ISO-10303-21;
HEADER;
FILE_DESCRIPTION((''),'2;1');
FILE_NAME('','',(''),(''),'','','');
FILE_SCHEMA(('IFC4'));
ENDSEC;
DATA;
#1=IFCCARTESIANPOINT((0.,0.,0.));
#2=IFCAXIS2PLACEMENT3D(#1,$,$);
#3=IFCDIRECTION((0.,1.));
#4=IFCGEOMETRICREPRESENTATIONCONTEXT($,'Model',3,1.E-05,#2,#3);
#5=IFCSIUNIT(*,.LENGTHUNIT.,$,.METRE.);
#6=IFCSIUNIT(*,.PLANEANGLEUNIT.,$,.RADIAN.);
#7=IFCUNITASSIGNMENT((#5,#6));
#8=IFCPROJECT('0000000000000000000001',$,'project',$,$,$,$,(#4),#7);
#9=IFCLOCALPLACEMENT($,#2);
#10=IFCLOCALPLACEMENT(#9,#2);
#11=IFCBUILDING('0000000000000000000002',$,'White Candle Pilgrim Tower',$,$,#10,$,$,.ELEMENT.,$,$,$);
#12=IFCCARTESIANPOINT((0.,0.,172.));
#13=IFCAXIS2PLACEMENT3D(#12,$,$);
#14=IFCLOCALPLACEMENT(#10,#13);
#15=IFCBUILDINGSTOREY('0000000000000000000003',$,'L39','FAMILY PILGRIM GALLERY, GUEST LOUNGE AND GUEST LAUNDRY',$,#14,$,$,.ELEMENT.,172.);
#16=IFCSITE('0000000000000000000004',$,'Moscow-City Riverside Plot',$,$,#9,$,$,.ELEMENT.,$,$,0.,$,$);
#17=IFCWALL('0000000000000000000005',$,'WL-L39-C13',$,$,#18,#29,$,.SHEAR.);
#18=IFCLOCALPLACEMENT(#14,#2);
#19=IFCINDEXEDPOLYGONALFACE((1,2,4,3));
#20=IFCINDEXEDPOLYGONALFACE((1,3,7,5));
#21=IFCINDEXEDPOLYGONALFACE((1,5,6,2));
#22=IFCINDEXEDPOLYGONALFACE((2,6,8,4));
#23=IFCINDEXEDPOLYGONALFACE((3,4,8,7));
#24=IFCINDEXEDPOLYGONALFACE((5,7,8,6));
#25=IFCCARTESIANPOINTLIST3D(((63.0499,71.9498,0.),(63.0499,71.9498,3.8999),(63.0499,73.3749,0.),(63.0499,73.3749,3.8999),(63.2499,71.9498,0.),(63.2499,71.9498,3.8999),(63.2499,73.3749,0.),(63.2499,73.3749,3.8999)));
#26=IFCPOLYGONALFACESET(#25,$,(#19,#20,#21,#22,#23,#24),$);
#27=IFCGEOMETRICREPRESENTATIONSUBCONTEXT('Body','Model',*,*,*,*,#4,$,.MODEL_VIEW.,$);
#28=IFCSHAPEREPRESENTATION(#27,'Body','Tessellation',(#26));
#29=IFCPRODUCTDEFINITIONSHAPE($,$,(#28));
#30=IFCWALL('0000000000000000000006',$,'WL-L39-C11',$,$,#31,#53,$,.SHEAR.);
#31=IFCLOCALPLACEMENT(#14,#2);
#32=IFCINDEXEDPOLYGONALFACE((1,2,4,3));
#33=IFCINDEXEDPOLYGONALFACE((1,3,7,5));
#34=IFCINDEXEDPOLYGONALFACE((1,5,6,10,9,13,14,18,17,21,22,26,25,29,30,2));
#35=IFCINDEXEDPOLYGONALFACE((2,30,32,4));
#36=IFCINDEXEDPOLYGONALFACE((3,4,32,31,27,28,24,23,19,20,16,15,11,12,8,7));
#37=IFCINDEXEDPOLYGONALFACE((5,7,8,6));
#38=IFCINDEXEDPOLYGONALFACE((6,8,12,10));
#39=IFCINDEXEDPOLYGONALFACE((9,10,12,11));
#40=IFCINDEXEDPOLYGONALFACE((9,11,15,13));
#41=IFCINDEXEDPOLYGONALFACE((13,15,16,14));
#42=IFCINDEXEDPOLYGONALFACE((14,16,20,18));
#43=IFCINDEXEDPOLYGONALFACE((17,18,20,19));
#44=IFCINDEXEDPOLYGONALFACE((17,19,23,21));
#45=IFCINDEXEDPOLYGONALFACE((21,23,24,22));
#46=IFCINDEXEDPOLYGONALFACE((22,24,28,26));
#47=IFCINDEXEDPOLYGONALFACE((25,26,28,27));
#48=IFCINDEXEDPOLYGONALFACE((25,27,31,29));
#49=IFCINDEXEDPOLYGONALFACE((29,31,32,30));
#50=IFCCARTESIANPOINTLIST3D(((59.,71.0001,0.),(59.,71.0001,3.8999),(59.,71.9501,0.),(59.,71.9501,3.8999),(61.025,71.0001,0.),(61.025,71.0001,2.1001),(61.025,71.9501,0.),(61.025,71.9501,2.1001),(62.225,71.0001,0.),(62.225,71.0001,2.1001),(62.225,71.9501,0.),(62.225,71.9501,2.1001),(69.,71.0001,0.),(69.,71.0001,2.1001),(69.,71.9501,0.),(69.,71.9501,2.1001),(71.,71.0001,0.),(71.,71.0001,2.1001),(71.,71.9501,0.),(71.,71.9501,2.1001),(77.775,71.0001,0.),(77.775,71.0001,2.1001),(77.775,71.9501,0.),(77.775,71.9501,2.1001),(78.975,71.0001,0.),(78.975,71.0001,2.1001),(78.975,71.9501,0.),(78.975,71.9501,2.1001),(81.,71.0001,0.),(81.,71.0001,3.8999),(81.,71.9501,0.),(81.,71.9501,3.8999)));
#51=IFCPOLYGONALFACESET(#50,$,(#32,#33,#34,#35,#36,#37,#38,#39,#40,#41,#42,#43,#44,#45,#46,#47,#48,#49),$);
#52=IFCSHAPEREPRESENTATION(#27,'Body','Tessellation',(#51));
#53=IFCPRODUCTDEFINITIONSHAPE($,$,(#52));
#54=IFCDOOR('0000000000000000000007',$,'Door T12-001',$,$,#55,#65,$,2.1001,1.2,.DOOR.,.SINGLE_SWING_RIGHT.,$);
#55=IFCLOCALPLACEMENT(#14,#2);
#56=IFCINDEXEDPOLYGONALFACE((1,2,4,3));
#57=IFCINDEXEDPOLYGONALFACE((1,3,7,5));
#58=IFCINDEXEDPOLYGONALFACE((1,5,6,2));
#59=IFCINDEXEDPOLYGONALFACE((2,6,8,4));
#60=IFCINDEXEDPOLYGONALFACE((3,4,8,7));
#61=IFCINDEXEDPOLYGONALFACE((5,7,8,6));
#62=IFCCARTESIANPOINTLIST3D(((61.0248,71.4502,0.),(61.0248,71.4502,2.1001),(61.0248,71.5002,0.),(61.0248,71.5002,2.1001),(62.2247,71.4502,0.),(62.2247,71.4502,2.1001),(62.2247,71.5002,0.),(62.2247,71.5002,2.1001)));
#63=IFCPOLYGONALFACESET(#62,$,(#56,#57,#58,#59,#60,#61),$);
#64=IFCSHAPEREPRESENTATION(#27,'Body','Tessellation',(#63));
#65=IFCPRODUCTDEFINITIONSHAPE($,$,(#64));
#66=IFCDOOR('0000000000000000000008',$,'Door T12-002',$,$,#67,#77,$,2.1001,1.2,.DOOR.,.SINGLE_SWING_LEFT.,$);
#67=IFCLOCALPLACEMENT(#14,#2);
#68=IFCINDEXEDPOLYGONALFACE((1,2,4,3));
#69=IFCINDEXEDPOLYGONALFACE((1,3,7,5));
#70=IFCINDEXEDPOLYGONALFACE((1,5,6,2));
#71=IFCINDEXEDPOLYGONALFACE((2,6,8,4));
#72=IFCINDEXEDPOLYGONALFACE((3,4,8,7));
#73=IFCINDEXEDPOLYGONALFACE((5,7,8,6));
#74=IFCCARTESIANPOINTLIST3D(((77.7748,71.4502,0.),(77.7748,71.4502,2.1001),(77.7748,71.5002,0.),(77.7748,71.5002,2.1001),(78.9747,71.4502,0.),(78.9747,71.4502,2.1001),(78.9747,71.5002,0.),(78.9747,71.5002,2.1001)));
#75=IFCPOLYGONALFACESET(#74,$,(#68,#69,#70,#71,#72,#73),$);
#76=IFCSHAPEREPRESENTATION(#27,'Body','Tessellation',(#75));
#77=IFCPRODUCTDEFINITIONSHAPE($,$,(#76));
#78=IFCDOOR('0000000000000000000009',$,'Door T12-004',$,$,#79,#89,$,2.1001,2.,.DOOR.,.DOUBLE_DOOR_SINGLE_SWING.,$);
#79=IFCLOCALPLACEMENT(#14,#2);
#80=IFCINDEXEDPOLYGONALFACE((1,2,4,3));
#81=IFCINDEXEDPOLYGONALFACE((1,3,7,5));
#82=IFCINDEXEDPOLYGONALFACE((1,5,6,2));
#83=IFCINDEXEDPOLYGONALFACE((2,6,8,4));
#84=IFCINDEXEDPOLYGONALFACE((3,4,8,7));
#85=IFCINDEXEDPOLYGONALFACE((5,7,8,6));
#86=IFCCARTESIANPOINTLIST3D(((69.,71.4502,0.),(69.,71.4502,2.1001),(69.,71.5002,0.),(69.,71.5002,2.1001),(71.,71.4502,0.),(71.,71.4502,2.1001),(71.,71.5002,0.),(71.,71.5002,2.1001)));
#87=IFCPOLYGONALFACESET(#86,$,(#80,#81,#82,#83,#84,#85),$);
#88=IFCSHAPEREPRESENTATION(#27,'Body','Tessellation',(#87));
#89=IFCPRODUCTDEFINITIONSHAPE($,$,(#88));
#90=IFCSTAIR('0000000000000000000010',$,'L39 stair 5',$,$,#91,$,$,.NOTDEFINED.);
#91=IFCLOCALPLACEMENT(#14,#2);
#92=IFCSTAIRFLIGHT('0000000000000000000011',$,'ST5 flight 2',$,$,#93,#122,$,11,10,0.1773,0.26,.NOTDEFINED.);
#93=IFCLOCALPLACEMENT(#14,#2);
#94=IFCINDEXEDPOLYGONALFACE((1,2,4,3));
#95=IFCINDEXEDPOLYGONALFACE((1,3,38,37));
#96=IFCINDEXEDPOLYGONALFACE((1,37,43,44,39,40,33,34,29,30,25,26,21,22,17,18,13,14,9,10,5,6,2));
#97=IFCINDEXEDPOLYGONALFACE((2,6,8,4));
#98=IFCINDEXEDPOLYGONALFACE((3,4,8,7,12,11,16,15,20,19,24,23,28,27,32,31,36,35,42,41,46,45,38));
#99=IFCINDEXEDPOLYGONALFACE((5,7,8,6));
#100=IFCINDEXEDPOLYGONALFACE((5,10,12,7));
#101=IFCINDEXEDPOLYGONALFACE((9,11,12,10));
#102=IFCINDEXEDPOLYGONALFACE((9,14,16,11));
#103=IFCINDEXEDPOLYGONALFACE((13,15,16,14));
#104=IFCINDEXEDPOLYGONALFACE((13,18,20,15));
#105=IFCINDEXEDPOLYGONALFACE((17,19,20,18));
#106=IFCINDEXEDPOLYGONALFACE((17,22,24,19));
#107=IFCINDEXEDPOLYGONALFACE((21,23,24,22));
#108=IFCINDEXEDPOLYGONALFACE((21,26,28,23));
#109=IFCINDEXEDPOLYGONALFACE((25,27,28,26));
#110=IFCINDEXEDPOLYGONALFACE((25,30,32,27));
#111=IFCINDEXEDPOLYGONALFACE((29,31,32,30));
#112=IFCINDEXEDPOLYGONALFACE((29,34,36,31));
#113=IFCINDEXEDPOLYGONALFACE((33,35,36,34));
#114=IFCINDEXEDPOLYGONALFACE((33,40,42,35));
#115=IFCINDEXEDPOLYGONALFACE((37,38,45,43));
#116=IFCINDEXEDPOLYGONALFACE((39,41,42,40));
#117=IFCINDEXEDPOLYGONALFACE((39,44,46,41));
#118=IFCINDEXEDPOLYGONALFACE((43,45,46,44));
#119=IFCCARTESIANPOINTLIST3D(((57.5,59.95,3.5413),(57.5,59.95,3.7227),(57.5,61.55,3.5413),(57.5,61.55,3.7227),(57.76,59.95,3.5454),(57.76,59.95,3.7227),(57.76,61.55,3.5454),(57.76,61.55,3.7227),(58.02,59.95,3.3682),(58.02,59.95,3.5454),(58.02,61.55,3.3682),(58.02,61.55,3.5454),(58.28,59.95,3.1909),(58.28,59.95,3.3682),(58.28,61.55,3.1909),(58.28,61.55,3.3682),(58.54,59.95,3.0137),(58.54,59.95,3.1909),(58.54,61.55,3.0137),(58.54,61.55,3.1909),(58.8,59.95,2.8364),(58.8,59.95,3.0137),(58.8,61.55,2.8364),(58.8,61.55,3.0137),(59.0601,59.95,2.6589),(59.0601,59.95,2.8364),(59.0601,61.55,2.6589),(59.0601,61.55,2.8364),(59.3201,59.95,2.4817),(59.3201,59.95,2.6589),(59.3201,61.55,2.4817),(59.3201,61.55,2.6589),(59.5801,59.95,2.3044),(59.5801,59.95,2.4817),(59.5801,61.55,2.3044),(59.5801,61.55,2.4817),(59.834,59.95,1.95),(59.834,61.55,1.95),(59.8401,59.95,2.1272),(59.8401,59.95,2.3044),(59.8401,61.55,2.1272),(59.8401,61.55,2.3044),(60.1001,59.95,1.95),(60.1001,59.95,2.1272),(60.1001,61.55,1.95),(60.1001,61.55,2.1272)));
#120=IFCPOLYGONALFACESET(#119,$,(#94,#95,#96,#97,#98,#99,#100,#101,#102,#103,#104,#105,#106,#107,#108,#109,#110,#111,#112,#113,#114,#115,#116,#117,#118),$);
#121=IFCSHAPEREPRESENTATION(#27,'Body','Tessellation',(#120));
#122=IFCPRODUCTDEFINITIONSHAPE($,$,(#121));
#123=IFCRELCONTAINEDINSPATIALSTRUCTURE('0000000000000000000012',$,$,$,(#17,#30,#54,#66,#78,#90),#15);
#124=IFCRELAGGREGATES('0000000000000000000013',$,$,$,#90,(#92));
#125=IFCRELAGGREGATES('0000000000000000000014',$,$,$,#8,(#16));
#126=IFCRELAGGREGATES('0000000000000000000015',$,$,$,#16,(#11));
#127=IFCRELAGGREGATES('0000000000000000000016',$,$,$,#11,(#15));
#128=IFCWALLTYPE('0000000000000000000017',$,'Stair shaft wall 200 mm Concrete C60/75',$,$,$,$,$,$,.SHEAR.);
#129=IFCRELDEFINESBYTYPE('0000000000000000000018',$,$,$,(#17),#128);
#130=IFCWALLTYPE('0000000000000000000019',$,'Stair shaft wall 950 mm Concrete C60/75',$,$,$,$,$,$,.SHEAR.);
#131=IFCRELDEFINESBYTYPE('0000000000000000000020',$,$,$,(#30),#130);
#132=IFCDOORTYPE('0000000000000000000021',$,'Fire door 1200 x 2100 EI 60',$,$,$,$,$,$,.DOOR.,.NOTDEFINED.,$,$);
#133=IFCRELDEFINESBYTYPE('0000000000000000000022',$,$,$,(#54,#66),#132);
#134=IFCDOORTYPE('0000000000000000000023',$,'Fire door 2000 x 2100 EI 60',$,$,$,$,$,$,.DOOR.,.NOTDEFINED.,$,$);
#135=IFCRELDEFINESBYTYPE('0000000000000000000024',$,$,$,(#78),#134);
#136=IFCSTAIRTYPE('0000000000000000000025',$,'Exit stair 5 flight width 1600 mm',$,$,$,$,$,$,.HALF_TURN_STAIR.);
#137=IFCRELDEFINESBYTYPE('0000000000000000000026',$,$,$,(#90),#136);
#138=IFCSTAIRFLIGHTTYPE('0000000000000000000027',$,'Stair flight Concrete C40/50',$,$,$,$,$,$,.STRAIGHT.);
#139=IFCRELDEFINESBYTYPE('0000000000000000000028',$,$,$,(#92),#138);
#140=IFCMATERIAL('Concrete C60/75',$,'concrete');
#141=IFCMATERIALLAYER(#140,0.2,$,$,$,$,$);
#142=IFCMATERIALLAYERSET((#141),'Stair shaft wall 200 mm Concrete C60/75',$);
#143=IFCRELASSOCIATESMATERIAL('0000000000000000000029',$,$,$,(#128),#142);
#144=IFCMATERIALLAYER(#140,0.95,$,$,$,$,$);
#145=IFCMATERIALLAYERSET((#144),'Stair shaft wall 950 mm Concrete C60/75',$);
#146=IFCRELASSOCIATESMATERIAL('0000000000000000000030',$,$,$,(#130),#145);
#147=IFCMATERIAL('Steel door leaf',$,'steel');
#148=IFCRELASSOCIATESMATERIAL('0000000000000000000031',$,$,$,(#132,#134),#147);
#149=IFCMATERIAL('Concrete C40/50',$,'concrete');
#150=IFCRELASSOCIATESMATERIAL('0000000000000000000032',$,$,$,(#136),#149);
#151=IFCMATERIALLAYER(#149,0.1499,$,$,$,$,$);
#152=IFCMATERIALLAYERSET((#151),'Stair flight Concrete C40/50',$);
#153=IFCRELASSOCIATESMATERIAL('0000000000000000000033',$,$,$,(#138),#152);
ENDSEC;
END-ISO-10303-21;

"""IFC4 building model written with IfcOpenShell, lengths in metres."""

from ifc_helpers import new_model, si_unit, direction, frame, frame_2d, origin, place, context, subcontext, project, spatial, polyline, rectangle, outline, extrude, material, layer, layer_set, type_object, element, fill, aggregate, save


model = new_model("IFC4")

# Units and contexts
model_context = context("Model", 3, precision=1e-05, world=origin(), true_north=direction((0.0, 1.0)))
body_context = subcontext(model_context, "Body", "Model", "MODEL_VIEW")
ifc_project = project(units=[si_unit("LENGTHUNIT", "METRE"), si_unit("PLANEANGLEUNIT", "RADIAN")], contexts=[model_context])

# Site, building, storey
site_placement = place(None, origin())
site = spatial("IfcSite", under=ifc_project, at=site_placement, Name="Moscow-City Riverside Plot", CompositionType="ELEMENT", RefElevation=0.0)
building_placement = place(site_placement, origin())
building = spatial("IfcBuilding", under=site, at=building_placement, Name="White Candle Pilgrim Tower", CompositionType="ELEMENT")
storey_placement = place(building_placement, frame((0.0, 0.0, 172.0)))
storey = spatial("IfcBuildingStorey", under=building, at=storey_placement, Name="L39", Description="FAMILY PILGRIM GALLERY, GUEST LOUNGE AND GUEST LAUNDRY", CompositionType="ELEMENT", Elevation=172.0)

# Shared definitions
ifc_material_1 = material(Name="Steel door leaf", Category="steel")

# Wall
ifc_material_2 = material(Name="Concrete C60/75", Category="concrete")
ifc_layer_1 = layer(ifc_material_2, 0.2)
ifc_layer_set_1 = layer_set([ifc_layer_1], Name="Stair shaft wall 200 mm Concrete C60/75")
wall_type_1 = type_object("IfcWallType", Name="Stair shaft wall 200 mm Concrete C60/75", PredefinedType="SHEAR", material=ifc_layer_set_1)
wall_1_placement = place(storey_placement, frame((63.1499, 71.95, 0.0), z_axis=(0.0, 0.0, 1.0), x_axis=(0.0, 1.0, 0.0)))
element("IfcWall", 1, at=wall_1_placement, inside=storey, type_object=wall_type_1, Name="WL-L39-C13", PredefinedType="SHEAR", context=body_context, shape_type="SweptSolid", body=[
    extrude(rectangle(XDim=1.425, YDim=0.2, at=frame_2d((0.7124, 0.0))), origin(), (0.0, 0.0, 1.0), 3.8999),
])

# Wall, openings, doors
ifc_layer_2 = layer(ifc_material_2, 0.95)
ifc_layer_set_2 = layer_set([ifc_layer_2], Name="Stair shaft wall 950 mm Concrete C60/75")
wall_type_2 = type_object("IfcWallType", Name="Stair shaft wall 950 mm Concrete C60/75", PredefinedType="SHEAR", material=ifc_layer_set_2)
wall_2_placement = place(storey_placement, frame((59.0, 71.4751, 0.0), z_axis=(0.0, 0.0, 1.0), x_axis=(1.0, 0.0, 0.0)))
wall_2 = element("IfcWall", 2, at=wall_2_placement, inside=storey, type_object=wall_type_2, Name="WL-L39-C11", PredefinedType="SHEAR", context=body_context, shape_type="SweptSolid", body=[
    extrude(rectangle(XDim=22.0, YDim=0.95, at=frame_2d((11.0, 0.0))), origin(), (0.0, 0.0, 1.0), 3.8999),
])
opening_1_placement = place(wall_2_placement, frame((2.0249, 0.0, 0.0)))
opening_1 = element("IfcOpeningElement", 3, at=opening_1_placement, cuts=wall_2, PredefinedType="OPENING", context=body_context, shape_type="SweptSolid", body=[
    extrude(rectangle(XDim=1.2, YDim=2.1001, at=frame_2d((0.6001, 1.05))), frame((0.0, 0.4849, 0.0), z_axis=(0.0, -1.0, 0.0), x_axis=(1.0, 0.0, 0.0)), (0.0, 0.0, 1.0), 0.97),
])
opening_2_placement = place(wall_2_placement, frame((18.7749, 0.0, 0.0)))
opening_2 = element("IfcOpeningElement", 4, at=opening_2_placement, cuts=wall_2, PredefinedType="OPENING", context=body_context, shape_type="SweptSolid", body=[
    extrude(rectangle(XDim=1.2, YDim=2.1001, at=frame_2d((0.6001, 1.05))), frame((0.0, 0.4849, 0.0), z_axis=(0.0, -1.0, 0.0), x_axis=(1.0, 0.0, 0.0)), (0.0, 0.0, 1.0), 0.97),
])
opening_3_placement = place(wall_2_placement, frame((10.0, 0.0, 0.0)))
opening_3 = element("IfcOpeningElement", 5, at=opening_3_placement, cuts=wall_2, PredefinedType="OPENING", context=body_context, shape_type="SweptSolid", body=[
    extrude(rectangle(XDim=2.0, YDim=2.1001, at=frame_2d((1.0, 1.05))), frame((0.0, 0.4849, 0.0), z_axis=(0.0, -1.0, 0.0), x_axis=(1.0, 0.0, 0.0)), (0.0, 0.0, 1.0), 0.97),
])
door_type_1 = type_object("IfcDoorType", Name="Fire door 1200 x 2100 EI 60", OperationType="NOTDEFINED", PredefinedType="DOOR", material=ifc_material_1)
door_1_placement = place(opening_1_placement, frame((1.2, 0.0, 0.0), z_axis=(0.0, 0.0, 1.0), x_axis=(-1.0, 0.0, 0.0)))
door_1 = element("IfcDoor", 6, at=door_1_placement, inside=storey, type_object=door_type_1, Name="Door T12-001", OperationType="SINGLE_SWING_RIGHT", OverallHeight=2.1001, OverallWidth=1.2, PredefinedType="DOOR", context=body_context, shape_type="SweptSolid", body=[
    extrude(rectangle(XDim=1.2, YDim=2.1001, at=frame_2d((0.6001, 1.05))), frame((0.0, 0.0249, 0.0), z_axis=(0.0, -1.0, 0.0), x_axis=(1.0, 0.0, 0.0)), (0.0, 0.0, 1.0), 0.05),
])
fill(opening_1, door_1)
door_2_placement = place(opening_2_placement, frame((1.2, 0.0, 0.0), z_axis=(0.0, 0.0, 1.0), x_axis=(-1.0, 0.0, 0.0)))
door_2 = element("IfcDoor", 7, at=door_2_placement, inside=storey, type_object=door_type_1, Name="Door T12-002", OperationType="SINGLE_SWING_LEFT", OverallHeight=2.1001, OverallWidth=1.2, PredefinedType="DOOR", context=body_context, shape_type="SweptSolid", body=[
    extrude(rectangle(XDim=1.2, YDim=2.1001, at=frame_2d((0.6001, 1.05))), frame((0.0, 0.0249, 0.0), z_axis=(0.0, -1.0, 0.0), x_axis=(1.0, 0.0, 0.0)), (0.0, 0.0, 1.0), 0.05),
])
fill(opening_2, door_2)
door_type_2 = type_object("IfcDoorType", Name="Fire door 2000 x 2100 EI 60", OperationType="NOTDEFINED", PredefinedType="DOOR", material=ifc_material_1)
door_3_placement = place(opening_3_placement, frame((2.0, 0.0, 0.0), z_axis=(0.0, 0.0, 1.0), x_axis=(-1.0, 0.0, 0.0)))
door_3 = element("IfcDoor", 8, at=door_3_placement, inside=storey, type_object=door_type_2, Name="Door T12-004", OperationType="DOUBLE_DOOR_SINGLE_SWING", OverallHeight=2.1001, OverallWidth=2.0, PredefinedType="DOOR", context=body_context, shape_type="SweptSolid", body=[
    extrude(rectangle(XDim=2.0, YDim=2.1001, at=frame_2d((1.0, 1.05))), frame((0.0, 0.0249, 0.0), z_axis=(0.0, -1.0, 0.0), x_axis=(1.0, 0.0, 0.0)), (0.0, 0.0, 1.0), 0.05),
])
fill(opening_3, door_3)

# Stair, stair flight
ifc_material_3 = material(Name="Concrete C40/50", Category="concrete")
stair_type = type_object("IfcStairType", Name="Exit stair 5 flight width 1600 mm", PredefinedType="HALF_TURN_STAIR", material=ifc_material_3)
stair_placement = place(storey_placement, origin())
stair = element("IfcStair", 9, at=stair_placement, inside=storey, type_object=stair_type, Name="L39 stair 5", PredefinedType="NOTDEFINED")
ifc_layer_3 = layer(ifc_material_3, 0.1499)
ifc_layer_set_3 = layer_set([ifc_layer_3], Name="Stair flight Concrete C40/50")
stair_flight_type = type_object("IfcStairFlightType", Name="Stair flight Concrete C40/50", PredefinedType="STRAIGHT", material=ifc_layer_set_3)
stair_flight_placement = place(storey_placement, frame((60.1001, 60.75, 1.95), z_axis=(0.0, 0.0, 1.0), x_axis=(-1.0, 0.0, 0.0)))
stair_flight = element("IfcStairFlight", 10, at=stair_flight_placement, type_object=stair_flight_type, Name="ST5 flight 2", NumberOfRisers=11, NumberOfTreads=10, PredefinedType="NOTDEFINED", RiserHeight=0.1773, TreadLength=0.26, context=body_context, shape_type="SweptSolid", body=[
    extrude(outline(polyline([(0.0, 0.0), (0.0, 0.1772), (0.26, 0.1772), (0.26, 0.3545), (0.52, 0.3545), (0.52, 0.5317), (0.78, 0.5317), (0.78, 0.709), (1.04, 0.709), (1.04, 0.8865), (1.3, 0.8865), (1.3, 1.0637), (1.5601, 1.0637), (1.5601, 1.241), (1.8201, 1.241), (1.8201, 1.4182), (2.0801, 1.4182), (2.0801, 1.5955), (2.3401, 1.5955), (2.3401, 1.7727), (2.6001, 1.7727), (2.6001, 1.95), (2.6001, 1.5913), (0.2661, 0.0), (0.0, 0.0)])), frame((0.0, 0.8, 0.0), z_axis=(0.0, -1.0, 0.0), x_axis=(1.0, 0.0, 0.0)), (0.0, 0.0, 1.0), 1.6001),
])
aggregate(stair, [stair_flight])

save(model, "model.ifc")
